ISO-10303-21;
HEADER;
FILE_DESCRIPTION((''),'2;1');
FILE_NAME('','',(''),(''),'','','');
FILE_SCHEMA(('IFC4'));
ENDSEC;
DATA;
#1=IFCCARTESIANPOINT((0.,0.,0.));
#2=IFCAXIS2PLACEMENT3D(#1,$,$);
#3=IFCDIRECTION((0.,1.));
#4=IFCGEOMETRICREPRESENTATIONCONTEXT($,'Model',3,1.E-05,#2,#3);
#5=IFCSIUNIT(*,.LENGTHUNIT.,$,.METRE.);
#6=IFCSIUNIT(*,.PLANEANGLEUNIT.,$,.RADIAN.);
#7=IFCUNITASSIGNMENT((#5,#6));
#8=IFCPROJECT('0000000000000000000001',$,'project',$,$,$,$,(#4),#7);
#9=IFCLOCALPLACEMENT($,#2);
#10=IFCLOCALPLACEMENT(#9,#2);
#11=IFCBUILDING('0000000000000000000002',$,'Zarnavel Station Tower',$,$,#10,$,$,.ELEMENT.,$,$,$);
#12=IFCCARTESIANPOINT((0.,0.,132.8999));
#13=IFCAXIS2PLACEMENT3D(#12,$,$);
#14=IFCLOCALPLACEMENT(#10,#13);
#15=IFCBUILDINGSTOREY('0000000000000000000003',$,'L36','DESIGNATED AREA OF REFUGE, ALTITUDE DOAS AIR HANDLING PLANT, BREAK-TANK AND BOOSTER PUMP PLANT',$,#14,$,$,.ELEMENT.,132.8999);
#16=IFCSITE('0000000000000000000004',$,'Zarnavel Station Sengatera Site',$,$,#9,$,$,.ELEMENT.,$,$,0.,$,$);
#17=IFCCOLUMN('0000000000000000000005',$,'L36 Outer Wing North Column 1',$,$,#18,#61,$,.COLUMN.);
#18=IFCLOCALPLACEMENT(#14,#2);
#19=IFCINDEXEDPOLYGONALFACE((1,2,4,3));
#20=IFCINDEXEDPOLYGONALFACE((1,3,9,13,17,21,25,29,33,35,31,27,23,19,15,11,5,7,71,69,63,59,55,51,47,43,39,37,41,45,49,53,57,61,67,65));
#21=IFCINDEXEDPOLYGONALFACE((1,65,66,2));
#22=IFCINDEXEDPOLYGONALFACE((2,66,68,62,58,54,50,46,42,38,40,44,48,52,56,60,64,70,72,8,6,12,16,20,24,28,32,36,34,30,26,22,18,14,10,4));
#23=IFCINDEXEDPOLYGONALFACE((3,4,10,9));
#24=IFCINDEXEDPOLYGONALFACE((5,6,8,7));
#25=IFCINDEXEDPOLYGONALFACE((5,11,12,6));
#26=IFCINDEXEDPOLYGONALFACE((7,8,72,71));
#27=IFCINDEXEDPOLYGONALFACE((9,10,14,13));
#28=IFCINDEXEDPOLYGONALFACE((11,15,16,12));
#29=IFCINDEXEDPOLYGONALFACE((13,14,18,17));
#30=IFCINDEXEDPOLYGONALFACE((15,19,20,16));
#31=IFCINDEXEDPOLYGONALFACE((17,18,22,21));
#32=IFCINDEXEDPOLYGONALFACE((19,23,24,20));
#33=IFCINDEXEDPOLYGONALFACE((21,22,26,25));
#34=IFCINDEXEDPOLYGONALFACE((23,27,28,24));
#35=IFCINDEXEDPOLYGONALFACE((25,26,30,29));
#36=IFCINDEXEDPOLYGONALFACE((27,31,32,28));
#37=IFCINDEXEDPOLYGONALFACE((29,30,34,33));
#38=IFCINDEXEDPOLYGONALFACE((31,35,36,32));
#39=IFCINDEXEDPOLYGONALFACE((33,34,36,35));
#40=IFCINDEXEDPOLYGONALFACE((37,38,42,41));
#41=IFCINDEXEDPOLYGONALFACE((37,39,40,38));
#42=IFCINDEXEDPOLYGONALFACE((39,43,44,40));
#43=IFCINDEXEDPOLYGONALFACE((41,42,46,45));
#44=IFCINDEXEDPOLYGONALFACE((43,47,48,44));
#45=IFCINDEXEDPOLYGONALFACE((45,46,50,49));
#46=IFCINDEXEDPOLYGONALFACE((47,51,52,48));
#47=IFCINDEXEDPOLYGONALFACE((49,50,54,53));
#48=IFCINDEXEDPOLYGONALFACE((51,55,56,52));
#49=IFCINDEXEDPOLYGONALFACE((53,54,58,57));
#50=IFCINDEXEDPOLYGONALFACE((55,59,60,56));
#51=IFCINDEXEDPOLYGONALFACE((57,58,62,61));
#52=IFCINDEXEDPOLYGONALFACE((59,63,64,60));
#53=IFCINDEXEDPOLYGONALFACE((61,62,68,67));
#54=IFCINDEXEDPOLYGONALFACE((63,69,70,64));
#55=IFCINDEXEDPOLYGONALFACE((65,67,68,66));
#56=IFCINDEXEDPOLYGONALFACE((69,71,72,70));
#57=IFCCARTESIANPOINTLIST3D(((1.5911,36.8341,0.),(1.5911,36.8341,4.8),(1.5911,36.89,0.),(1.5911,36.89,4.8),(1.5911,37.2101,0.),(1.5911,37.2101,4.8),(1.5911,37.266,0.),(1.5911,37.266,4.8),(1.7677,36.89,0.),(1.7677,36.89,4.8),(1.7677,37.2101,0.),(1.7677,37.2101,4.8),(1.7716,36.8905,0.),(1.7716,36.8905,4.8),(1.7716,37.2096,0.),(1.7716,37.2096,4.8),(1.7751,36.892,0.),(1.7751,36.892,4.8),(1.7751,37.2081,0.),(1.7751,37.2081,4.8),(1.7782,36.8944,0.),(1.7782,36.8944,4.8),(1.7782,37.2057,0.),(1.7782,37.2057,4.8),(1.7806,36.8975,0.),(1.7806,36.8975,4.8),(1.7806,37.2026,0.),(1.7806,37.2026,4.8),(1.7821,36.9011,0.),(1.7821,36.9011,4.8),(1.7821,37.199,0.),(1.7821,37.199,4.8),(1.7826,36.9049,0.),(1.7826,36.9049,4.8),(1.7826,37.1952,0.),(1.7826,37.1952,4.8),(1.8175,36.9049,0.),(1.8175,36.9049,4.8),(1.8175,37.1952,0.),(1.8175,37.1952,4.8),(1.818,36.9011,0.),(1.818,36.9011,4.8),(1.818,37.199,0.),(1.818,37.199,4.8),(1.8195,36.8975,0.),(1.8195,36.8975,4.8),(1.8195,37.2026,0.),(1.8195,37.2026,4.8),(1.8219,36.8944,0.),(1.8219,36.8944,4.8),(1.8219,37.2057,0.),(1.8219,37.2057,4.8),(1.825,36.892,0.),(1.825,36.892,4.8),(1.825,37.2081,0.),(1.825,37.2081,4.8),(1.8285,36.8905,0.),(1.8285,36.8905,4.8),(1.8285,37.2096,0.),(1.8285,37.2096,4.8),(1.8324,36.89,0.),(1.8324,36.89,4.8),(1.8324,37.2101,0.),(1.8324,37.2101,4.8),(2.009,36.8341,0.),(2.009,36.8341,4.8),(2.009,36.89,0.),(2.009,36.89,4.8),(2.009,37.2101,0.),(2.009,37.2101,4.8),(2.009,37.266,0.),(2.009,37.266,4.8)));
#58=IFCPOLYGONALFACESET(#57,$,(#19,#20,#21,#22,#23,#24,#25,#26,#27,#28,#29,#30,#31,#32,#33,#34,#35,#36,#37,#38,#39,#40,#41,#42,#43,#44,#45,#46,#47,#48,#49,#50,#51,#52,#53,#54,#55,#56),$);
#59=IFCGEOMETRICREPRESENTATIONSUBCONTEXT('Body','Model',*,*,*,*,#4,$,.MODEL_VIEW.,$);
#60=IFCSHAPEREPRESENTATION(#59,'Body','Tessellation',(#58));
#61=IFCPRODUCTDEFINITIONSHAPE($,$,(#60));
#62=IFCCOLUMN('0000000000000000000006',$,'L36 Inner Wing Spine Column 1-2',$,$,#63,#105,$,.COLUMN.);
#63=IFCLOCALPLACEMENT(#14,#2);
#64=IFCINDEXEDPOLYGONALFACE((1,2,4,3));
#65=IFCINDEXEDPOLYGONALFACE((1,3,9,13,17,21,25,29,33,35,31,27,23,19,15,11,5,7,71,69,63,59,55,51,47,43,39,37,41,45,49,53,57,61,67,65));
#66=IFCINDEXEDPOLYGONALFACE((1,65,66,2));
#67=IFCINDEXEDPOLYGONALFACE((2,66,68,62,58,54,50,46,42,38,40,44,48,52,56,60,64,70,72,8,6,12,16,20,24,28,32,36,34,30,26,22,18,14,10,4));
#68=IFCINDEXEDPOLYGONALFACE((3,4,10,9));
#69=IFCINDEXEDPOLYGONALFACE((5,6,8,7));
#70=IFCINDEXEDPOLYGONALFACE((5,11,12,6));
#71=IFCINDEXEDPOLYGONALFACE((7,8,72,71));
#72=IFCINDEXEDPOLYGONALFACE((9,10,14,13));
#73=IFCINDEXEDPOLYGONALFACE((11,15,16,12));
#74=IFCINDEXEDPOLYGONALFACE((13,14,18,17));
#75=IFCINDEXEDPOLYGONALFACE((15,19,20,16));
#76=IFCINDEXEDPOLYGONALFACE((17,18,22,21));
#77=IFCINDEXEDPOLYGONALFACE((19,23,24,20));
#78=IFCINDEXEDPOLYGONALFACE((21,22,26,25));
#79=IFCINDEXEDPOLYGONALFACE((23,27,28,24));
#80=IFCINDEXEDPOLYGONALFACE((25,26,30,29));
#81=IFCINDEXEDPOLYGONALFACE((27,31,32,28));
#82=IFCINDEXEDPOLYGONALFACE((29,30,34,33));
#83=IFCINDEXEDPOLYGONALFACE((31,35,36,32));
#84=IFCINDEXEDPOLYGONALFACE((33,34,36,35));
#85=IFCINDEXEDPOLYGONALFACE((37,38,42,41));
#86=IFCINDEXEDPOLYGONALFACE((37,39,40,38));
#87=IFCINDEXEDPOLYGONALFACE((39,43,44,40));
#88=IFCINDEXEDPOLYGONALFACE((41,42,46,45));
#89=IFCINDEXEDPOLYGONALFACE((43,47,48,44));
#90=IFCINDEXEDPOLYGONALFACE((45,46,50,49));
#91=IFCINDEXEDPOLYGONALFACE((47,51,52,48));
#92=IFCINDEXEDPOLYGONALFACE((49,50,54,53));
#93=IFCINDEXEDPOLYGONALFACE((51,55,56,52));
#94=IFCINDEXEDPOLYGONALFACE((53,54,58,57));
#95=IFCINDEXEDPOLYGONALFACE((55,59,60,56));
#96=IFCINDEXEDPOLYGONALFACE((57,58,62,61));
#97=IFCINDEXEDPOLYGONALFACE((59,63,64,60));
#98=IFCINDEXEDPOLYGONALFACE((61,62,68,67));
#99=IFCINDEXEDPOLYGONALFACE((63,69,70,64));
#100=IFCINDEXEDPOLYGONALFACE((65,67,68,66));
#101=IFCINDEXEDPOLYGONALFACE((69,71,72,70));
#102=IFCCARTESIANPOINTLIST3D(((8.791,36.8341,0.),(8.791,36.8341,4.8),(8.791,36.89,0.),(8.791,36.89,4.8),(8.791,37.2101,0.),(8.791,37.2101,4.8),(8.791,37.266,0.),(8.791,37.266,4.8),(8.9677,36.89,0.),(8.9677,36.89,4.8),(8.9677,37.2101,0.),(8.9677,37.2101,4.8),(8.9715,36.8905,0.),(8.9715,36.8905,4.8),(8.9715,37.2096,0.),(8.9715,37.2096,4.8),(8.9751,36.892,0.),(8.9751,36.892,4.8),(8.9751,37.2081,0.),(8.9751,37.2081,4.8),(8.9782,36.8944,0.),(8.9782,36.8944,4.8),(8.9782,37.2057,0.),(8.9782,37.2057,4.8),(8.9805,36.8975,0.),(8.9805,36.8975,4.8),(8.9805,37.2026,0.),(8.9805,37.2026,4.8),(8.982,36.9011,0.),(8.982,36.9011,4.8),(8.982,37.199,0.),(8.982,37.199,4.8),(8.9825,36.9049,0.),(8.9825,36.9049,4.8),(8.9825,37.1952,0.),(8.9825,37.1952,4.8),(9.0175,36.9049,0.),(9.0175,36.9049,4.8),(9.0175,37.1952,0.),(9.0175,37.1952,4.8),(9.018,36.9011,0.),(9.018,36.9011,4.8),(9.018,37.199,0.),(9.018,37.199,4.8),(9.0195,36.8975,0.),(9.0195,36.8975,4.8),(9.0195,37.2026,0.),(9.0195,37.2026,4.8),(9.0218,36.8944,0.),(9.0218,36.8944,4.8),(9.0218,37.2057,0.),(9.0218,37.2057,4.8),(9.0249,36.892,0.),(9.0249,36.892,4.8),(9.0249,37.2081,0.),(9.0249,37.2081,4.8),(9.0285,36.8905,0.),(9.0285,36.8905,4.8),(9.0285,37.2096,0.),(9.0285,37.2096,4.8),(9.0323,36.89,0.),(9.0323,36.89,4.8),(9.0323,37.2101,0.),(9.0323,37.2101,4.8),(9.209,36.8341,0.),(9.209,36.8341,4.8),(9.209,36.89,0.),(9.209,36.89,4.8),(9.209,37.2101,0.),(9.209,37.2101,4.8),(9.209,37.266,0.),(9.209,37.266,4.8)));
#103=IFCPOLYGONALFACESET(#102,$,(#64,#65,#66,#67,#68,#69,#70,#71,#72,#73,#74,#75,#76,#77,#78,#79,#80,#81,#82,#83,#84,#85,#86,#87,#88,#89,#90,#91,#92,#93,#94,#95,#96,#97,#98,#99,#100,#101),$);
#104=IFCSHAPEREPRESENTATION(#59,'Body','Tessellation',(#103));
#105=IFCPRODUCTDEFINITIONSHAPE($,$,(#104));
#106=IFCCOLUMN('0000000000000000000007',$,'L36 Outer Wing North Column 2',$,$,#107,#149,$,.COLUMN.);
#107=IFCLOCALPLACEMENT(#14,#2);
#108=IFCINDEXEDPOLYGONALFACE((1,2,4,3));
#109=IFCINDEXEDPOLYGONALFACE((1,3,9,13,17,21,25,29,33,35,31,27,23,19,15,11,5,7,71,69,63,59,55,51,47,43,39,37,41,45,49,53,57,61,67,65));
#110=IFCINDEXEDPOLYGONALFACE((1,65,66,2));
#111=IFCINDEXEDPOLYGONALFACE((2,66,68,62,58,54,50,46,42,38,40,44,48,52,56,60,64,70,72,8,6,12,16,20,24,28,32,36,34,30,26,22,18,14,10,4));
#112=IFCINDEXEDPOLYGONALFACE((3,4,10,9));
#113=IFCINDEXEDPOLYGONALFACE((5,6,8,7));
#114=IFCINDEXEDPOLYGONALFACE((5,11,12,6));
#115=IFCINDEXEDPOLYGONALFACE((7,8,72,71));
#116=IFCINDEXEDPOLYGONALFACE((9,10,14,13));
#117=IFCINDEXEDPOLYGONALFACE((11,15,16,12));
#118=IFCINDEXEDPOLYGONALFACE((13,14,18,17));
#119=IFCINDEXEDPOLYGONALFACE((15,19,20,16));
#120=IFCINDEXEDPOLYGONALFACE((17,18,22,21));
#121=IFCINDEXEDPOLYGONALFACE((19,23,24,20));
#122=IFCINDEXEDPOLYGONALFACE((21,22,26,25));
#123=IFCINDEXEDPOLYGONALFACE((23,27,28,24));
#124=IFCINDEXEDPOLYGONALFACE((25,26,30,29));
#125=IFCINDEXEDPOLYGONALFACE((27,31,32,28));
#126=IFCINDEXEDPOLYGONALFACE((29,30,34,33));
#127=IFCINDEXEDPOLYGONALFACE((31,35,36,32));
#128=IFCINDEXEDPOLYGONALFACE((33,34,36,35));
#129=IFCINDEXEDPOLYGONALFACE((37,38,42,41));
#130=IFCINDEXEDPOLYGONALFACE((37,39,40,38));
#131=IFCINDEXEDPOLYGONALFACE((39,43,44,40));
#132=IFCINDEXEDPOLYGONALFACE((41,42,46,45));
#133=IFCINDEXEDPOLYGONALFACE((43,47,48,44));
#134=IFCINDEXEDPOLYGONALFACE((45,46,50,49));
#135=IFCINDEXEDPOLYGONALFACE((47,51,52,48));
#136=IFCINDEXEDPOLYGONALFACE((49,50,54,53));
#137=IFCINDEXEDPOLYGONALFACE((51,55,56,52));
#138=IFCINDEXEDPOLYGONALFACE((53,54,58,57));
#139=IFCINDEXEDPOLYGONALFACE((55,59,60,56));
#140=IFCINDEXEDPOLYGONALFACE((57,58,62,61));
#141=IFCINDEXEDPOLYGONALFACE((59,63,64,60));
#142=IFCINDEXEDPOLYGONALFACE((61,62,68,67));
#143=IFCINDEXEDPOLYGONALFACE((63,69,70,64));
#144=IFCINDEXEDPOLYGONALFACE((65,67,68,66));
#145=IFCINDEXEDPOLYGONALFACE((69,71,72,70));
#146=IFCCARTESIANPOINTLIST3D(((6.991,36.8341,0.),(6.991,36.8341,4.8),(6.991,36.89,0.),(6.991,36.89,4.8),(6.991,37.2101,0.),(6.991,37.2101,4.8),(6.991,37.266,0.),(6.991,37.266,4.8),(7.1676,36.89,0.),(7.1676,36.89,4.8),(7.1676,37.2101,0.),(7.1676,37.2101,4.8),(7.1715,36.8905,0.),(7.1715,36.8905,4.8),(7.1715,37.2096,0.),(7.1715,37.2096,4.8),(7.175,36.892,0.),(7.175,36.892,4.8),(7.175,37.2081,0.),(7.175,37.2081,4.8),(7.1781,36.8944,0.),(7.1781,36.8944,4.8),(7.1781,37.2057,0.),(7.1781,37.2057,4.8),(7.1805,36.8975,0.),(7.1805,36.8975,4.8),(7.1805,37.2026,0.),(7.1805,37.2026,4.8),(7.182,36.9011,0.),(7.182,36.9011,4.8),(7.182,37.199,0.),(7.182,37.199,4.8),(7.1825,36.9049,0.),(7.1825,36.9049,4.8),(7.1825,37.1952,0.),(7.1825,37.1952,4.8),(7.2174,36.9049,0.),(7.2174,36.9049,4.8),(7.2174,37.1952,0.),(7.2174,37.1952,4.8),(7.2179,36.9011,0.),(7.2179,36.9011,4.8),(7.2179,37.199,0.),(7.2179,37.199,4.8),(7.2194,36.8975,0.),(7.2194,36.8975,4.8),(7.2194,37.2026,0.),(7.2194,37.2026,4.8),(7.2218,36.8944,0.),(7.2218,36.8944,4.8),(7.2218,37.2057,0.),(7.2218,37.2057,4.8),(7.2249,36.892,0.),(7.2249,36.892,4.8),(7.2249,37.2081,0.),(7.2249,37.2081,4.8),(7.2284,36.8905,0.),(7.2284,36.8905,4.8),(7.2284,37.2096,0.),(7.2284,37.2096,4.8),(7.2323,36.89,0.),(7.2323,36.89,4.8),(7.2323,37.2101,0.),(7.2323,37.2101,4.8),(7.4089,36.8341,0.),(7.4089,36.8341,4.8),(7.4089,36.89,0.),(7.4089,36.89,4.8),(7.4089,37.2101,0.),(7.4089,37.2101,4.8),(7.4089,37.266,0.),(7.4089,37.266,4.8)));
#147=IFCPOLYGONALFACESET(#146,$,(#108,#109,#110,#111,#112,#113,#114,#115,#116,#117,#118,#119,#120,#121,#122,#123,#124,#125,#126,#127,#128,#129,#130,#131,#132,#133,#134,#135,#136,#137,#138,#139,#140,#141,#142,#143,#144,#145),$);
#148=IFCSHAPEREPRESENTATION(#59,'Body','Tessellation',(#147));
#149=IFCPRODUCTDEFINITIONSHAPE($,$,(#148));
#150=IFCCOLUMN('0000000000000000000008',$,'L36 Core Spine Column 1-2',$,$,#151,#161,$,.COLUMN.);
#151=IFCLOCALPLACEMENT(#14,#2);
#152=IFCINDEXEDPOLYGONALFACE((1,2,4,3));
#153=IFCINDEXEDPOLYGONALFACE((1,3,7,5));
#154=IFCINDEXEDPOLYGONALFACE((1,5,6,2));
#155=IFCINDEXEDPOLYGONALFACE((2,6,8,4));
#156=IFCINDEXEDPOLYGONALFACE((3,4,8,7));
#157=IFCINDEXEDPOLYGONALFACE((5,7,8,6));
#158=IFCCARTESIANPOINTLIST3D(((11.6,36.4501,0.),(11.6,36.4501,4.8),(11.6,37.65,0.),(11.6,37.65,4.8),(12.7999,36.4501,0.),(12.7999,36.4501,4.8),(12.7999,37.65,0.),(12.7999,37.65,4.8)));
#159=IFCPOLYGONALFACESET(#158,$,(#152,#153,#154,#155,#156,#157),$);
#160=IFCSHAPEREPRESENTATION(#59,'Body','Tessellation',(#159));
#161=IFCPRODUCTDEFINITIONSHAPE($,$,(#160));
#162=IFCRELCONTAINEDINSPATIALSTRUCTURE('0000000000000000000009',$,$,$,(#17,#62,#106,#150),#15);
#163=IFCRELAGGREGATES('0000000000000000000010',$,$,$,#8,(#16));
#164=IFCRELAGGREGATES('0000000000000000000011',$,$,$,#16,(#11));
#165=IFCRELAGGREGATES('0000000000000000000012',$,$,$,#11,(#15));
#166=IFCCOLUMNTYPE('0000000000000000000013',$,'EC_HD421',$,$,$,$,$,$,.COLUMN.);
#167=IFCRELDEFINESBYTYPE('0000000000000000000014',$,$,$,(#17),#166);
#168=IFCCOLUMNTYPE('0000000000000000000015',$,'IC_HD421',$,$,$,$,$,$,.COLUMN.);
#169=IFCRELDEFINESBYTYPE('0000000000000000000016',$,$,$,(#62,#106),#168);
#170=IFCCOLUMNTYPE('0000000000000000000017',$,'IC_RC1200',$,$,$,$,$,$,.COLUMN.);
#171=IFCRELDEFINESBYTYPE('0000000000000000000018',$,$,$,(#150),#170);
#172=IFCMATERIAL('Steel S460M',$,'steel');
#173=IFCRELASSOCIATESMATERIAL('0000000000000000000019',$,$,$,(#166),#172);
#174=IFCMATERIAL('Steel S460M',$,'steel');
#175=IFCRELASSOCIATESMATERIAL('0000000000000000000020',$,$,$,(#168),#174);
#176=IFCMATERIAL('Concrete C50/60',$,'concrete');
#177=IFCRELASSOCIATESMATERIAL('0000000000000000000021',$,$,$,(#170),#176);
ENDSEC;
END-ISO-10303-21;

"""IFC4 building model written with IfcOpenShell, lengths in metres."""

from ifc_helpers import new_model, si_unit, direction, frame, origin, origin_2d, place, context, subcontext, project, spatial, rectangle, i_section, extrude, material, material_profile, profile_set, type_object, element, save


model = new_model("IFC4")

# Units and contexts
model_context = context("Model", 3, precision=1e-05, world=origin(), true_north=direction((0.0, 1.0)))
body_context = subcontext(model_context, "Body", "Model", "MODEL_VIEW")
ifc_project = project(units=[si_unit("LENGTHUNIT", "METRE"), si_unit("PLANEANGLEUNIT", "RADIAN")], contexts=[model_context])

# Site, building, storey
site_placement = place(None, origin())
site = spatial("IfcSite", under=ifc_project, at=site_placement, Name="Zarnavel Station Sengatera Site", CompositionType="ELEMENT", RefElevation=0.0)
building_placement = place(site_placement, origin())
building = spatial("IfcBuilding", under=site, at=building_placement, Name="Zarnavel Station Tower", CompositionType="ELEMENT")
storey_placement = place(building_placement, frame((0.0, 0.0, 132.8999)))
storey = spatial("IfcBuildingStorey", under=building, at=storey_placement, Name="L36", Description="DESIGNATED AREA OF REFUGE, ALTITUDE DOAS AIR HANDLING PLANT, BREAK-TANK AND BOOSTER PUMP PLANT", CompositionType="ELEMENT", Elevation=132.8999)

# Columns
ifc_material_1 = material(Name="Steel S460M", Category="steel")
ifc_material_profile_1 = material_profile(ifc_material_1, i_section(OverallWidth=0.418, OverallDepth=0.4319, WebThickness=0.0349, FlangeThickness=0.0559, FilletRadius=0.0149, at=origin_2d()), Name="HD400x421")
ifc_profile_set_1 = profile_set([ifc_material_profile_1], Name="Steel S460M")
column_type_1 = type_object("IfcColumnType", Name="EC_HD421", PredefinedType="COLUMN", material=ifc_profile_set_1)
column_1_placement = place(storey_placement, frame((1.8, 37.05, 0.0), z_axis=(0.0, 0.0, 1.0), x_axis=(1.0, 0.0, 0.0)))
element("IfcColumn", 1, at=column_1_placement, inside=storey, type_object=column_type_1, Name="L36 Outer Wing North Column 1", PredefinedType="COLUMN", context=body_context, shape_type="SweptSolid", body=[
    extrude(i_section(OverallWidth=0.418, OverallDepth=0.4319, WebThickness=0.0349, FlangeThickness=0.0559, FilletRadius=0.0149, at=origin_2d()), origin(), (0.0, 0.0, 1.0), 4.8),
])
ifc_material_2 = material(Name="Steel S460M", Category="steel")
ifc_material_profile_2 = material_profile(ifc_material_2, i_section(OverallWidth=0.418, OverallDepth=0.4319, WebThickness=0.0349, FlangeThickness=0.0559, FilletRadius=0.0149, at=origin_2d()), Name="HD400x421")
ifc_profile_set_2 = profile_set([ifc_material_profile_2], Name="Steel S460M")
column_type_2 = type_object("IfcColumnType", Name="IC_HD421", PredefinedType="COLUMN", material=ifc_profile_set_2)
for number, where, z_axis, x_axis, name in (
    (2, (9.0, 37.05, 0.0), (0.0, 0.0, 1.0), (1.0, 0.0, 0.0), "L36 Inner Wing Spine Column 1-2"),
    (3, (7.2, 37.05, 0.0), (0.0, 0.0, 1.0), (1.0, 0.0, 0.0), "L36 Outer Wing North Column 2"),
):
    element("IfcColumn", number, at=place(storey_placement, frame(where, z_axis=z_axis, x_axis=x_axis)), inside=storey, type_object=column_type_2, Name=name, PredefinedType="COLUMN", context=body_context, shape_type="SweptSolid", body=[
        extrude(i_section(OverallWidth=0.418, OverallDepth=0.4319, WebThickness=0.0349, FlangeThickness=0.0559, FilletRadius=0.0149, at=origin_2d()), origin(), (0.0, 0.0, 1.0), 4.8),
    ])
ifc_material_3 = material(Name="Concrete C50/60", Category="concrete")
ifc_material_profile_3 = material_profile(ifc_material_3, rectangle(XDim=1.2, YDim=1.2, at=origin_2d()), Name="RC1200x1200")
ifc_profile_set_3 = profile_set([ifc_material_profile_3], Name="Concrete C50/60")
column_type_3 = type_object("IfcColumnType", Name="IC_RC1200", PredefinedType="COLUMN", material=ifc_profile_set_3)
column_2_placement = place(storey_placement, frame((12.2, 37.05, 0.0), z_axis=(0.0, 0.0, 1.0), x_axis=(1.0, 0.0, 0.0)))
element("IfcColumn", 4, at=column_2_placement, inside=storey, type_object=column_type_3, Name="L36 Core Spine Column 1-2", PredefinedType="COLUMN", context=body_context, shape_type="SweptSolid", body=[
    extrude(rectangle(XDim=1.2, YDim=1.2, at=origin_2d()), origin(), (0.0, 0.0, 1.0), 4.8),
])

save(model, "model.ifc")
